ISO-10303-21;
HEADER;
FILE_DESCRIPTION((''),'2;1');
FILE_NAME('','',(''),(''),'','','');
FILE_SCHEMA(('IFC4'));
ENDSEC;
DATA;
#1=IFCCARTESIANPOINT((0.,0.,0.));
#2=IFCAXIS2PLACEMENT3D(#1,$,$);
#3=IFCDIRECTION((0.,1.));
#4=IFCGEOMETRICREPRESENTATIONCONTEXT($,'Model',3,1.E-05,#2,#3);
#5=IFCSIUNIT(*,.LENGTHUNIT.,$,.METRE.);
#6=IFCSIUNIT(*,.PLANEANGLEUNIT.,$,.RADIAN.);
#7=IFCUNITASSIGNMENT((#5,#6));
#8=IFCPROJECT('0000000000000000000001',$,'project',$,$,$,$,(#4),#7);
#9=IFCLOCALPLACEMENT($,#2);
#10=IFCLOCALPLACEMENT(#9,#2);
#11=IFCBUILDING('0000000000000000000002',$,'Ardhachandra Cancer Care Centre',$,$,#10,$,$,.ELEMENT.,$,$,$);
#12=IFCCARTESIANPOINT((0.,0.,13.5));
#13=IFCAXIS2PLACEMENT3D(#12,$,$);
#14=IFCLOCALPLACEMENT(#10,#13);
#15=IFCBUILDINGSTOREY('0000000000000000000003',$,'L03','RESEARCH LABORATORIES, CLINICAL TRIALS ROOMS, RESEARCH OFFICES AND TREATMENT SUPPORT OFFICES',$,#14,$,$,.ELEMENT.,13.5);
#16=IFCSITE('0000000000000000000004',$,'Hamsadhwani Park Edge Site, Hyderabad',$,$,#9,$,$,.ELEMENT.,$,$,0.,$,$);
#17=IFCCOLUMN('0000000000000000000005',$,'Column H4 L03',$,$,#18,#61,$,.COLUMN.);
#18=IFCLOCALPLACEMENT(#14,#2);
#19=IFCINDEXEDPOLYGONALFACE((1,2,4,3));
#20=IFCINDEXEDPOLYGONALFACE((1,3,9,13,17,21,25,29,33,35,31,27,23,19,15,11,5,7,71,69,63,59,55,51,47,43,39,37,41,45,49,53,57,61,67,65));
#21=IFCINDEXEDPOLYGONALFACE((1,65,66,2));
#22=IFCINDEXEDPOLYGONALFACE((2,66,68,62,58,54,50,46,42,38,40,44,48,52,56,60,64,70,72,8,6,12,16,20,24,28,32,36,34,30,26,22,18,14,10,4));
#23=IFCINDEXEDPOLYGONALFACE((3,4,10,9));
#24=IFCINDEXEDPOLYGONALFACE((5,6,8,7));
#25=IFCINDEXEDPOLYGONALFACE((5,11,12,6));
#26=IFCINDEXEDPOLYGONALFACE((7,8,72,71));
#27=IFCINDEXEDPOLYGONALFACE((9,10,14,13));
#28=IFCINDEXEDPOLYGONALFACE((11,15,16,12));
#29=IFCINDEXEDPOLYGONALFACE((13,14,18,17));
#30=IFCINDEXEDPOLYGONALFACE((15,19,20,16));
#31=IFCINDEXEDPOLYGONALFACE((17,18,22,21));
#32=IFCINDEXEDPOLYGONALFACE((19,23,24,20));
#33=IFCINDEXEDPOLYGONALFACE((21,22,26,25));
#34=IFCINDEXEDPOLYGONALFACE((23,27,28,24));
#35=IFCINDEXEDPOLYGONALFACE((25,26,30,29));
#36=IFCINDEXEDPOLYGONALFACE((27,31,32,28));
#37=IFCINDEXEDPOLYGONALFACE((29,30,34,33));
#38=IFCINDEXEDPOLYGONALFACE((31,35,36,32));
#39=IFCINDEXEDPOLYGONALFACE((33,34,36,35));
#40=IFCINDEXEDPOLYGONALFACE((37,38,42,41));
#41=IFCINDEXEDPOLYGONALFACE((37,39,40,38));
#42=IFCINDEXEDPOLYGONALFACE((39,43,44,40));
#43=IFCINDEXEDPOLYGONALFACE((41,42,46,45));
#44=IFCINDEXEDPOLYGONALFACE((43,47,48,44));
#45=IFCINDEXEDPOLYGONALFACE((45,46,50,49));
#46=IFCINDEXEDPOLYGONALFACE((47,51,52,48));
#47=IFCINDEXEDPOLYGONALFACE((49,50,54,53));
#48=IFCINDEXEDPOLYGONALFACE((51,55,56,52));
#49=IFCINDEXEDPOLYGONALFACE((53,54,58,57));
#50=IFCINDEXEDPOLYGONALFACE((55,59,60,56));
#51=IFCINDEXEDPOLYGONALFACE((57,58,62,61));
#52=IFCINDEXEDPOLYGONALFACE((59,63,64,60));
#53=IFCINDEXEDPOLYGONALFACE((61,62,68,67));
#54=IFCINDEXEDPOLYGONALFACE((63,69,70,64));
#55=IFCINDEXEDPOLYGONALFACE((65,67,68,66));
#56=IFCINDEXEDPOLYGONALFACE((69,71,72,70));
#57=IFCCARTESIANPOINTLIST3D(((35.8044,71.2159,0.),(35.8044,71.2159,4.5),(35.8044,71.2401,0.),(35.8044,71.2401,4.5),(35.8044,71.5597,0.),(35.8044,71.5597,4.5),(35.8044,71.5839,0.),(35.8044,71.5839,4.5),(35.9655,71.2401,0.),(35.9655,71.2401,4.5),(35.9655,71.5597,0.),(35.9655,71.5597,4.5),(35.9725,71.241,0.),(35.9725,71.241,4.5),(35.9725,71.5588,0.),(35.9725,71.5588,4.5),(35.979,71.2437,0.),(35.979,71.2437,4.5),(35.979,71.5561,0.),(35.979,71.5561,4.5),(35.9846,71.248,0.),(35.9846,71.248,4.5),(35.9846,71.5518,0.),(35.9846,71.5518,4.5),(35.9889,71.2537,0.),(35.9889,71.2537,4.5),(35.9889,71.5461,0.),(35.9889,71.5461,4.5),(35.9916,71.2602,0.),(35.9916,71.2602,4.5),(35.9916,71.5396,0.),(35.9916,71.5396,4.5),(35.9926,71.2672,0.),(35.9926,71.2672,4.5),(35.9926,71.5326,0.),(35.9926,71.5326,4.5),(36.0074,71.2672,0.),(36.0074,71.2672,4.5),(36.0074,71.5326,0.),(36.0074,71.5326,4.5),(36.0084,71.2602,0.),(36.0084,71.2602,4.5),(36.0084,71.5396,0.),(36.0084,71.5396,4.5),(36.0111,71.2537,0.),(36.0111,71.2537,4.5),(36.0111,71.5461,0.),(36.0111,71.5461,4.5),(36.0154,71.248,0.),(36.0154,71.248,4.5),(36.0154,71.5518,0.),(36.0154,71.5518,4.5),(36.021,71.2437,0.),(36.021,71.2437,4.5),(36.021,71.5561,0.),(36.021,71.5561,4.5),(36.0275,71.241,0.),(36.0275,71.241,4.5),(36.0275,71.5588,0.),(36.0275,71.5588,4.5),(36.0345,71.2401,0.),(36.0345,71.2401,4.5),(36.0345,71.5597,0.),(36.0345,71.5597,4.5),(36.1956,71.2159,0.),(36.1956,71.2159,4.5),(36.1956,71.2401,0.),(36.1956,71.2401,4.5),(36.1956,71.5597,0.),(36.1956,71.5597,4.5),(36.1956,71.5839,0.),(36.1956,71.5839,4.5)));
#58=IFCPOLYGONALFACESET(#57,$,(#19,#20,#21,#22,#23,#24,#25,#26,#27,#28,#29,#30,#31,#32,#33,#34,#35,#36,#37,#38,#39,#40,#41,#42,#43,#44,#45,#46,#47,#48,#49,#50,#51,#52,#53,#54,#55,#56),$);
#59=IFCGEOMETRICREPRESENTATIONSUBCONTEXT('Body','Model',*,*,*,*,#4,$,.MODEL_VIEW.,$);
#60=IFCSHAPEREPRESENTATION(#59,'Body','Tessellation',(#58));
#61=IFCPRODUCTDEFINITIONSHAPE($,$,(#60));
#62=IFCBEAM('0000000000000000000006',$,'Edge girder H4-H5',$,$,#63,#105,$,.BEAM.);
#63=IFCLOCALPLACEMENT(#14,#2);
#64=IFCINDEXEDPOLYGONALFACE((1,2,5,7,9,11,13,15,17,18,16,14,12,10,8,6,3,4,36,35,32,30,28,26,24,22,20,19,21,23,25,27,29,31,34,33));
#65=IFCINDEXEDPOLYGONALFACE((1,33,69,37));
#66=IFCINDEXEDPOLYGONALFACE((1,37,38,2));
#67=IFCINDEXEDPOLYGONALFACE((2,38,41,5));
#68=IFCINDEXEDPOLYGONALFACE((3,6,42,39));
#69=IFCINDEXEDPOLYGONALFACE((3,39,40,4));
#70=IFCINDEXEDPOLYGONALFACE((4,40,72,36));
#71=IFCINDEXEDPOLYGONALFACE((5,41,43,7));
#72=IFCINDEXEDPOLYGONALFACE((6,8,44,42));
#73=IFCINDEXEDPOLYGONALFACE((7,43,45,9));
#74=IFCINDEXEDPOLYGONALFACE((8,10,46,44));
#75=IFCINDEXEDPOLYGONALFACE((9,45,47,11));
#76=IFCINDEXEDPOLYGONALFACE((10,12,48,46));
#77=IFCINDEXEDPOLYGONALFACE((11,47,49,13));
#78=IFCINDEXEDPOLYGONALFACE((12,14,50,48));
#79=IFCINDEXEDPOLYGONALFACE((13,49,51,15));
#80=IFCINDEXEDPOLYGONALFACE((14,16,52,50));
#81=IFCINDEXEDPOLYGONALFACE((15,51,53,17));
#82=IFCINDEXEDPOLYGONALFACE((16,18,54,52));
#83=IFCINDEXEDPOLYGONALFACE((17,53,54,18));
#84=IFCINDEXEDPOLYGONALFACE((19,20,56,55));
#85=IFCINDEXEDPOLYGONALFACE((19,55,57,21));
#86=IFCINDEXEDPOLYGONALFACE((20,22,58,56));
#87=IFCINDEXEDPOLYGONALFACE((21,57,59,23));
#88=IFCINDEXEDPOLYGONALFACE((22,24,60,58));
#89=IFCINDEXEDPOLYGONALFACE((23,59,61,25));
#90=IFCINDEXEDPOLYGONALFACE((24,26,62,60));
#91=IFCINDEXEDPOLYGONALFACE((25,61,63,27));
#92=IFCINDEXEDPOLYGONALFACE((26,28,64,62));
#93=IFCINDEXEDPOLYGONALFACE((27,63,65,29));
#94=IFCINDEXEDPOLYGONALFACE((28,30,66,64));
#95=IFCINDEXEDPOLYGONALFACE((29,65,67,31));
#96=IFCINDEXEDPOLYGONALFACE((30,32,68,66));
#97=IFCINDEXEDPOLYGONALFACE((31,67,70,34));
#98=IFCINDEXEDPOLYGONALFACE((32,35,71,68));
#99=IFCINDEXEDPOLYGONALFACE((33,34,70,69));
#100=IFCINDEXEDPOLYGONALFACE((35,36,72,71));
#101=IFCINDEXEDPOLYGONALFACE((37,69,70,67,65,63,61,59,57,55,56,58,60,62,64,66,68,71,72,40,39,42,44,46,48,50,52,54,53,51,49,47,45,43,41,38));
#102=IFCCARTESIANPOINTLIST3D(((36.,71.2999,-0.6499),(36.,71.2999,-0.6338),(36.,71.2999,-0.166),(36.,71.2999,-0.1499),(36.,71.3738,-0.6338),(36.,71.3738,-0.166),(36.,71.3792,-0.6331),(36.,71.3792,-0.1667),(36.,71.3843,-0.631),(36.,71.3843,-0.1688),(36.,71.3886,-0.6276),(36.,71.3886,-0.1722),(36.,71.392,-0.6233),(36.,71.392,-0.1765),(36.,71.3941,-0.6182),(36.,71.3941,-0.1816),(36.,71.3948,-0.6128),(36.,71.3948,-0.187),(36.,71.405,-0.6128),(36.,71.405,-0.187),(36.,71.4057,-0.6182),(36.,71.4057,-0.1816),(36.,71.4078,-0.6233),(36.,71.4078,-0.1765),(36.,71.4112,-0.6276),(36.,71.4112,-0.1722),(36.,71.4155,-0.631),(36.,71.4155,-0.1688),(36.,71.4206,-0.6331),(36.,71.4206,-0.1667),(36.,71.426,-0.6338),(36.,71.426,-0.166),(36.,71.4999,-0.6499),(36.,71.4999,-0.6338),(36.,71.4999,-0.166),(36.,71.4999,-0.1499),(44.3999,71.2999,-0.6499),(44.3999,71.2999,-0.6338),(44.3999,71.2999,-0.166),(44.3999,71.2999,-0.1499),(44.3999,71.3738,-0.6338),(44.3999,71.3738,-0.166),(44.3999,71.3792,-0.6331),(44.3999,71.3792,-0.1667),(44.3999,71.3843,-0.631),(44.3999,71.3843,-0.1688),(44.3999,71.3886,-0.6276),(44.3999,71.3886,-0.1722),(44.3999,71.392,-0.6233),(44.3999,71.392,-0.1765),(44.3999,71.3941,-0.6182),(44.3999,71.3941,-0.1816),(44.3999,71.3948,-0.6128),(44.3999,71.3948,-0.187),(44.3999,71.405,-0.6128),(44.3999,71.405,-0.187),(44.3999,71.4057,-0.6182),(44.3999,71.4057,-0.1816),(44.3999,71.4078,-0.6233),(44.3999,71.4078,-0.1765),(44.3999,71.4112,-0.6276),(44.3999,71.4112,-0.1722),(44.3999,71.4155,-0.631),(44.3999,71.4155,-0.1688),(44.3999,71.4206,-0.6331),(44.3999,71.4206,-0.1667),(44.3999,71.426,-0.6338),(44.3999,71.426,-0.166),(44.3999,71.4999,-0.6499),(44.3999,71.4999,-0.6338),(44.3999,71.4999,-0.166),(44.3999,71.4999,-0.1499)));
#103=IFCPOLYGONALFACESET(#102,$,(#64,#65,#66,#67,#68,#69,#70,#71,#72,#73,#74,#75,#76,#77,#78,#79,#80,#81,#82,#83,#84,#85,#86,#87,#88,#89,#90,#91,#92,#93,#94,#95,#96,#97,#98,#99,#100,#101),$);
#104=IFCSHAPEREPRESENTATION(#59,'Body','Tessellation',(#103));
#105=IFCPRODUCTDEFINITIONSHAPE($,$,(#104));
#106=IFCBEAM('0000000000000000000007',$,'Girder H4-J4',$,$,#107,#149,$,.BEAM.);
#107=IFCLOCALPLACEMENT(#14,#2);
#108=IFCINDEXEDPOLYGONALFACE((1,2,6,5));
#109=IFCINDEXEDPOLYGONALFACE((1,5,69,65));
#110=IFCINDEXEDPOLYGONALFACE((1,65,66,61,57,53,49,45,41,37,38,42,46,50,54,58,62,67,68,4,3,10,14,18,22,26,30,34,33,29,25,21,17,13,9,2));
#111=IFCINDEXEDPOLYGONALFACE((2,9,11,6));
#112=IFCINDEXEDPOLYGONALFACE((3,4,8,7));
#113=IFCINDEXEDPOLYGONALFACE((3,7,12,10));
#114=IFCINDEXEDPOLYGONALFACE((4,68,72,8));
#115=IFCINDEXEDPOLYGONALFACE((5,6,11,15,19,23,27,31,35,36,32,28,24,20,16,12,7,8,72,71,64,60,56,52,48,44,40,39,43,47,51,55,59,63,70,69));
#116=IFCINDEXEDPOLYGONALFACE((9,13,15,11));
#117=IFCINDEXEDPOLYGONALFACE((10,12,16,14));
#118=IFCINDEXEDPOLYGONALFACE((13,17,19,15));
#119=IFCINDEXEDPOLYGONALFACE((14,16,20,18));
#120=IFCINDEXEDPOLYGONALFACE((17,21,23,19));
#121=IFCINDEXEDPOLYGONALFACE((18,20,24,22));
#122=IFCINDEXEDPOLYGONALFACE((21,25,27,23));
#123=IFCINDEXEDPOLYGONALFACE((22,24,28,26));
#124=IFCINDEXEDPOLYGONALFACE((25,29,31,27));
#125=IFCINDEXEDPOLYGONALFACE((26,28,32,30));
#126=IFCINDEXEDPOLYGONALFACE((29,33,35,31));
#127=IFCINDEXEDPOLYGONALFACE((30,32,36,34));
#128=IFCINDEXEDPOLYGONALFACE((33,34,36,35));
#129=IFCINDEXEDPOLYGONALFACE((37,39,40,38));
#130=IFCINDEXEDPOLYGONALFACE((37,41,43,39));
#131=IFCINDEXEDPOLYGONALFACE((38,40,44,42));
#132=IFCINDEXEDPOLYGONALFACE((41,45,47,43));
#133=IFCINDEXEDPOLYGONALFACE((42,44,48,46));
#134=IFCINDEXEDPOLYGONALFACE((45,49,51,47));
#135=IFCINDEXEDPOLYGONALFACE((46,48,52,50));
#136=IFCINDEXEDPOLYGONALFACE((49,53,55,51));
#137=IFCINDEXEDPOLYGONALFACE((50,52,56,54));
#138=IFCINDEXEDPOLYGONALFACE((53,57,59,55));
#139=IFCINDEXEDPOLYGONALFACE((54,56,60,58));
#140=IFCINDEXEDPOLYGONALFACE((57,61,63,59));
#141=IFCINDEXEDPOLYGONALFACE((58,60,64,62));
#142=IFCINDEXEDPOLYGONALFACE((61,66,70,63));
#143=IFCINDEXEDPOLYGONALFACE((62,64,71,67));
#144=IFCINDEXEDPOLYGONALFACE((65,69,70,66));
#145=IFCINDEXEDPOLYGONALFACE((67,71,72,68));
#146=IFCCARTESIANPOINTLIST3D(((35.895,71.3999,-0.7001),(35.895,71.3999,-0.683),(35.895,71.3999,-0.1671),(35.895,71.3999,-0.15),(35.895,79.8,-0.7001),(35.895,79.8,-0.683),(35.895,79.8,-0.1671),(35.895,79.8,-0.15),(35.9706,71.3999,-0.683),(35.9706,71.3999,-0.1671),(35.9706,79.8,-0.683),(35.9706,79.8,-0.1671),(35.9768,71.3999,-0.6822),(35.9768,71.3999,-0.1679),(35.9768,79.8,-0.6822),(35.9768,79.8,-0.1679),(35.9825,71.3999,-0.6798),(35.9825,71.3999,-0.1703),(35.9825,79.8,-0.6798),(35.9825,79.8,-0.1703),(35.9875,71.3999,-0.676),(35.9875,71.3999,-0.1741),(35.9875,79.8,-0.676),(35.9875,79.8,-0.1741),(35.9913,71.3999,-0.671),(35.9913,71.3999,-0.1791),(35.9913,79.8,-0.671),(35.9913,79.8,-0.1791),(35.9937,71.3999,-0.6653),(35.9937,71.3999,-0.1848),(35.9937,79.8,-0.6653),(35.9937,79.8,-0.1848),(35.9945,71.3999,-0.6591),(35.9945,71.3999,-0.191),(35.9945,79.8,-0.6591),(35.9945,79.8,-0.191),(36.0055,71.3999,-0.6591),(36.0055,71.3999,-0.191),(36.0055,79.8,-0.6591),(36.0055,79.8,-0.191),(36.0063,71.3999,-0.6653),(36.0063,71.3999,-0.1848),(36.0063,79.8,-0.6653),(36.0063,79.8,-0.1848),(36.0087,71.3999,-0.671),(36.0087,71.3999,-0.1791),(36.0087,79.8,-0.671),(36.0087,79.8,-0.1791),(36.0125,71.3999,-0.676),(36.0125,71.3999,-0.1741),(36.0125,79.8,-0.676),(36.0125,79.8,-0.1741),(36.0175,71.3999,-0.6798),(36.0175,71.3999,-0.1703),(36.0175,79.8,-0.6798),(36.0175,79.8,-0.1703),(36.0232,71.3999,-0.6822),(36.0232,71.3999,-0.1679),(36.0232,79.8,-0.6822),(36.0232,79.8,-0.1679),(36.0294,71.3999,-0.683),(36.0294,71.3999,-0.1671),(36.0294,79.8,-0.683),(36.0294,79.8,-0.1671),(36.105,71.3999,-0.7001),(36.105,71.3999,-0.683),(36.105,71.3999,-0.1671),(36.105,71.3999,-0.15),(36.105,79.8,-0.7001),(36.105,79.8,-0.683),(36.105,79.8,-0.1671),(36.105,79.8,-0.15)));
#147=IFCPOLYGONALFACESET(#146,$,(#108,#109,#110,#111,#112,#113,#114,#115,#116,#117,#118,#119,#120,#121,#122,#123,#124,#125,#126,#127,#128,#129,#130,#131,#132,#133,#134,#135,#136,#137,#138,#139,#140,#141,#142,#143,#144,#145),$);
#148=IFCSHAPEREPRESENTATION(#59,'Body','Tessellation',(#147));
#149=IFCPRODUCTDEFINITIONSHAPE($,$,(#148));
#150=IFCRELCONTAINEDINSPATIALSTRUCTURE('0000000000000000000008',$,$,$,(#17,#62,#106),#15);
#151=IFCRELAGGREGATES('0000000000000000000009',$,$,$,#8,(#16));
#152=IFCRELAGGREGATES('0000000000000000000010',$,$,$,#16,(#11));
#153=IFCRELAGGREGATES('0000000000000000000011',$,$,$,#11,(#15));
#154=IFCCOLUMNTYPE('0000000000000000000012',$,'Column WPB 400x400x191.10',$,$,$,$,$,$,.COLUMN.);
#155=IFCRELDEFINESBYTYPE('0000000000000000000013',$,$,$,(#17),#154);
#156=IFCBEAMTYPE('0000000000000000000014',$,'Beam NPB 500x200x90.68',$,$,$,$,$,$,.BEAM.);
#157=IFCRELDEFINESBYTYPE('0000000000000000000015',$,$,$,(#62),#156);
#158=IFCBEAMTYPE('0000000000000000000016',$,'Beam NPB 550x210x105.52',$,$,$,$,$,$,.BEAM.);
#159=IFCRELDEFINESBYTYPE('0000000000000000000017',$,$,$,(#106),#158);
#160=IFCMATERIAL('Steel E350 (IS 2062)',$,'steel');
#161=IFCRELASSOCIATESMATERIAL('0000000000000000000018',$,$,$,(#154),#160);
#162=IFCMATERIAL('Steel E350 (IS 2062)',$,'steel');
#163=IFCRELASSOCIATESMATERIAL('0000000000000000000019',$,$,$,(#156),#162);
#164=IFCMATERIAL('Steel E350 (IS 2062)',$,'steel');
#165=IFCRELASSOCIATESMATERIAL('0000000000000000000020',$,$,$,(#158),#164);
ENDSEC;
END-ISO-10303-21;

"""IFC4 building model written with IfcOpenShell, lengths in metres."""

from ifc_helpers import new_model, si_unit, direction, frame, origin, origin_2d, place, context, subcontext, project, spatial, i_section, extrude, material, material_profile, profile_set, type_object, element, save


model = new_model("IFC4")

# Units and contexts
model_context = context("Model", 3, precision=1e-05, world=origin(), true_north=direction((0.0, 1.0)))
body_context = subcontext(model_context, "Body", "Model", "MODEL_VIEW")
ifc_project = project(units=[si_unit("LENGTHUNIT", "METRE"), si_unit("PLANEANGLEUNIT", "RADIAN")], contexts=[model_context])

# Site, building, storey
site_placement = place(None, origin())
site = spatial("IfcSite", under=ifc_project, at=site_placement, Name="Hamsadhwani Park Edge Site, Hyderabad", CompositionType="ELEMENT", RefElevation=0.0)
building_placement = place(site_placement, origin())
building = spatial("IfcBuilding", under=site, at=building_placement, Name="Ardhachandra Cancer Care Centre", CompositionType="ELEMENT")
storey_placement = place(building_placement, frame((0.0, 0.0, 13.5)))
storey = spatial("IfcBuildingStorey", under=building, at=storey_placement, Name="L03", Description="RESEARCH LABORATORIES, CLINICAL TRIALS ROOMS, RESEARCH OFFICES AND TREATMENT SUPPORT OFFICES", CompositionType="ELEMENT", Elevation=13.5)

# Column
ifc_material_1 = material(Name="Steel E350 (IS 2062)", Category="steel")
ifc_material_profile_1 = material_profile(ifc_material_1, i_section(OverallWidth=0.3911, OverallDepth=0.3679, WebThickness=0.0149, FlangeThickness=0.0242, FilletRadius=0.0271, at=origin_2d()), Name="WPB 400x400x191.10")
ifc_profile_set_1 = profile_set([ifc_material_profile_1], Name="Steel E350 (IS 2062)")
column_type = type_object("IfcColumnType", Name="Column WPB 400x400x191.10", PredefinedType="COLUMN", material=ifc_profile_set_1)
column_placement = place(storey_placement, frame((36.0, 71.3999, 0.0), z_axis=(0.0, 0.0, 1.0), x_axis=(1.0, 0.0, 0.0)))
element("IfcColumn", 1, at=column_placement, inside=storey, type_object=column_type, Name="Column H4 L03", PredefinedType="COLUMN", context=body_context, shape_type="SweptSolid", body=[
    extrude(i_section(OverallWidth=0.3911, OverallDepth=0.3679, WebThickness=0.0149, FlangeThickness=0.0242, FilletRadius=0.0271, at=origin_2d()), origin(), (0.0, 0.0, 1.0), 4.5),
])

# Beams
ifc_material_2 = material(Name="Steel E350 (IS 2062)", Category="steel")
ifc_material_profile_2 = material_profile(ifc_material_2, i_section(OverallWidth=0.2, OverallDepth=0.5, WebThickness=0.0103, FlangeThickness=0.0161, FilletRadius=0.021, at=origin_2d()), Name="NPB 500x200x90.68")
ifc_profile_set_2 = profile_set([ifc_material_profile_2], Name="Steel E350 (IS 2062)")
beam_type_1 = type_object("IfcBeamType", Name="Beam NPB 500x200x90.68", PredefinedType="BEAM", material=ifc_profile_set_2)
beam_1_placement = place(storey_placement, frame((36.0, 71.3999, -0.3999), z_axis=(1.0, 0.0, 0.0), x_axis=(0.0, 1.0, 0.0)))
element("IfcBeam", 2, at=beam_1_placement, inside=storey, type_object=beam_type_1, Name="Edge girder H4-H5", PredefinedType="BEAM", context=body_context, shape_type="SweptSolid", body=[
    extrude(i_section(OverallWidth=0.2, OverallDepth=0.5, WebThickness=0.0103, FlangeThickness=0.0161, FilletRadius=0.021, at=origin_2d()), origin(), (0.0, 0.0, 1.0), 8.3999),
])
ifc_material_3 = material(Name="Steel E350 (IS 2062)", Category="steel")
ifc_material_profile_3 = material_profile(ifc_material_3, i_section(OverallWidth=0.21, OverallDepth=0.55, WebThickness=0.011, FlangeThickness=0.0171, FilletRadius=0.0239, at=origin_2d()), Name="NPB 550x210x105.52")
ifc_profile_set_3 = profile_set([ifc_material_profile_3], Name="Steel E350 (IS 2062)")
beam_type_2 = type_object("IfcBeamType", Name="Beam NPB 550x210x105.52", PredefinedType="BEAM", material=ifc_profile_set_3)
beam_2_placement = place(storey_placement, frame((36.0, 71.3999, -0.425), z_axis=(0.0, 1.0, 0.0), x_axis=(-1.0, 0.0, 0.0)))
element("IfcBeam", 3, at=beam_2_placement, inside=storey, type_object=beam_type_2, Name="Girder H4-J4", PredefinedType="BEAM", context=body_context, shape_type="SweptSolid", body=[
    extrude(i_section(OverallWidth=0.21, OverallDepth=0.55, WebThickness=0.011, FlangeThickness=0.0171, FilletRadius=0.0239, at=origin_2d()), origin(), (0.0, 0.0, 1.0), 8.4001),
])

save(model, "model.ifc")
